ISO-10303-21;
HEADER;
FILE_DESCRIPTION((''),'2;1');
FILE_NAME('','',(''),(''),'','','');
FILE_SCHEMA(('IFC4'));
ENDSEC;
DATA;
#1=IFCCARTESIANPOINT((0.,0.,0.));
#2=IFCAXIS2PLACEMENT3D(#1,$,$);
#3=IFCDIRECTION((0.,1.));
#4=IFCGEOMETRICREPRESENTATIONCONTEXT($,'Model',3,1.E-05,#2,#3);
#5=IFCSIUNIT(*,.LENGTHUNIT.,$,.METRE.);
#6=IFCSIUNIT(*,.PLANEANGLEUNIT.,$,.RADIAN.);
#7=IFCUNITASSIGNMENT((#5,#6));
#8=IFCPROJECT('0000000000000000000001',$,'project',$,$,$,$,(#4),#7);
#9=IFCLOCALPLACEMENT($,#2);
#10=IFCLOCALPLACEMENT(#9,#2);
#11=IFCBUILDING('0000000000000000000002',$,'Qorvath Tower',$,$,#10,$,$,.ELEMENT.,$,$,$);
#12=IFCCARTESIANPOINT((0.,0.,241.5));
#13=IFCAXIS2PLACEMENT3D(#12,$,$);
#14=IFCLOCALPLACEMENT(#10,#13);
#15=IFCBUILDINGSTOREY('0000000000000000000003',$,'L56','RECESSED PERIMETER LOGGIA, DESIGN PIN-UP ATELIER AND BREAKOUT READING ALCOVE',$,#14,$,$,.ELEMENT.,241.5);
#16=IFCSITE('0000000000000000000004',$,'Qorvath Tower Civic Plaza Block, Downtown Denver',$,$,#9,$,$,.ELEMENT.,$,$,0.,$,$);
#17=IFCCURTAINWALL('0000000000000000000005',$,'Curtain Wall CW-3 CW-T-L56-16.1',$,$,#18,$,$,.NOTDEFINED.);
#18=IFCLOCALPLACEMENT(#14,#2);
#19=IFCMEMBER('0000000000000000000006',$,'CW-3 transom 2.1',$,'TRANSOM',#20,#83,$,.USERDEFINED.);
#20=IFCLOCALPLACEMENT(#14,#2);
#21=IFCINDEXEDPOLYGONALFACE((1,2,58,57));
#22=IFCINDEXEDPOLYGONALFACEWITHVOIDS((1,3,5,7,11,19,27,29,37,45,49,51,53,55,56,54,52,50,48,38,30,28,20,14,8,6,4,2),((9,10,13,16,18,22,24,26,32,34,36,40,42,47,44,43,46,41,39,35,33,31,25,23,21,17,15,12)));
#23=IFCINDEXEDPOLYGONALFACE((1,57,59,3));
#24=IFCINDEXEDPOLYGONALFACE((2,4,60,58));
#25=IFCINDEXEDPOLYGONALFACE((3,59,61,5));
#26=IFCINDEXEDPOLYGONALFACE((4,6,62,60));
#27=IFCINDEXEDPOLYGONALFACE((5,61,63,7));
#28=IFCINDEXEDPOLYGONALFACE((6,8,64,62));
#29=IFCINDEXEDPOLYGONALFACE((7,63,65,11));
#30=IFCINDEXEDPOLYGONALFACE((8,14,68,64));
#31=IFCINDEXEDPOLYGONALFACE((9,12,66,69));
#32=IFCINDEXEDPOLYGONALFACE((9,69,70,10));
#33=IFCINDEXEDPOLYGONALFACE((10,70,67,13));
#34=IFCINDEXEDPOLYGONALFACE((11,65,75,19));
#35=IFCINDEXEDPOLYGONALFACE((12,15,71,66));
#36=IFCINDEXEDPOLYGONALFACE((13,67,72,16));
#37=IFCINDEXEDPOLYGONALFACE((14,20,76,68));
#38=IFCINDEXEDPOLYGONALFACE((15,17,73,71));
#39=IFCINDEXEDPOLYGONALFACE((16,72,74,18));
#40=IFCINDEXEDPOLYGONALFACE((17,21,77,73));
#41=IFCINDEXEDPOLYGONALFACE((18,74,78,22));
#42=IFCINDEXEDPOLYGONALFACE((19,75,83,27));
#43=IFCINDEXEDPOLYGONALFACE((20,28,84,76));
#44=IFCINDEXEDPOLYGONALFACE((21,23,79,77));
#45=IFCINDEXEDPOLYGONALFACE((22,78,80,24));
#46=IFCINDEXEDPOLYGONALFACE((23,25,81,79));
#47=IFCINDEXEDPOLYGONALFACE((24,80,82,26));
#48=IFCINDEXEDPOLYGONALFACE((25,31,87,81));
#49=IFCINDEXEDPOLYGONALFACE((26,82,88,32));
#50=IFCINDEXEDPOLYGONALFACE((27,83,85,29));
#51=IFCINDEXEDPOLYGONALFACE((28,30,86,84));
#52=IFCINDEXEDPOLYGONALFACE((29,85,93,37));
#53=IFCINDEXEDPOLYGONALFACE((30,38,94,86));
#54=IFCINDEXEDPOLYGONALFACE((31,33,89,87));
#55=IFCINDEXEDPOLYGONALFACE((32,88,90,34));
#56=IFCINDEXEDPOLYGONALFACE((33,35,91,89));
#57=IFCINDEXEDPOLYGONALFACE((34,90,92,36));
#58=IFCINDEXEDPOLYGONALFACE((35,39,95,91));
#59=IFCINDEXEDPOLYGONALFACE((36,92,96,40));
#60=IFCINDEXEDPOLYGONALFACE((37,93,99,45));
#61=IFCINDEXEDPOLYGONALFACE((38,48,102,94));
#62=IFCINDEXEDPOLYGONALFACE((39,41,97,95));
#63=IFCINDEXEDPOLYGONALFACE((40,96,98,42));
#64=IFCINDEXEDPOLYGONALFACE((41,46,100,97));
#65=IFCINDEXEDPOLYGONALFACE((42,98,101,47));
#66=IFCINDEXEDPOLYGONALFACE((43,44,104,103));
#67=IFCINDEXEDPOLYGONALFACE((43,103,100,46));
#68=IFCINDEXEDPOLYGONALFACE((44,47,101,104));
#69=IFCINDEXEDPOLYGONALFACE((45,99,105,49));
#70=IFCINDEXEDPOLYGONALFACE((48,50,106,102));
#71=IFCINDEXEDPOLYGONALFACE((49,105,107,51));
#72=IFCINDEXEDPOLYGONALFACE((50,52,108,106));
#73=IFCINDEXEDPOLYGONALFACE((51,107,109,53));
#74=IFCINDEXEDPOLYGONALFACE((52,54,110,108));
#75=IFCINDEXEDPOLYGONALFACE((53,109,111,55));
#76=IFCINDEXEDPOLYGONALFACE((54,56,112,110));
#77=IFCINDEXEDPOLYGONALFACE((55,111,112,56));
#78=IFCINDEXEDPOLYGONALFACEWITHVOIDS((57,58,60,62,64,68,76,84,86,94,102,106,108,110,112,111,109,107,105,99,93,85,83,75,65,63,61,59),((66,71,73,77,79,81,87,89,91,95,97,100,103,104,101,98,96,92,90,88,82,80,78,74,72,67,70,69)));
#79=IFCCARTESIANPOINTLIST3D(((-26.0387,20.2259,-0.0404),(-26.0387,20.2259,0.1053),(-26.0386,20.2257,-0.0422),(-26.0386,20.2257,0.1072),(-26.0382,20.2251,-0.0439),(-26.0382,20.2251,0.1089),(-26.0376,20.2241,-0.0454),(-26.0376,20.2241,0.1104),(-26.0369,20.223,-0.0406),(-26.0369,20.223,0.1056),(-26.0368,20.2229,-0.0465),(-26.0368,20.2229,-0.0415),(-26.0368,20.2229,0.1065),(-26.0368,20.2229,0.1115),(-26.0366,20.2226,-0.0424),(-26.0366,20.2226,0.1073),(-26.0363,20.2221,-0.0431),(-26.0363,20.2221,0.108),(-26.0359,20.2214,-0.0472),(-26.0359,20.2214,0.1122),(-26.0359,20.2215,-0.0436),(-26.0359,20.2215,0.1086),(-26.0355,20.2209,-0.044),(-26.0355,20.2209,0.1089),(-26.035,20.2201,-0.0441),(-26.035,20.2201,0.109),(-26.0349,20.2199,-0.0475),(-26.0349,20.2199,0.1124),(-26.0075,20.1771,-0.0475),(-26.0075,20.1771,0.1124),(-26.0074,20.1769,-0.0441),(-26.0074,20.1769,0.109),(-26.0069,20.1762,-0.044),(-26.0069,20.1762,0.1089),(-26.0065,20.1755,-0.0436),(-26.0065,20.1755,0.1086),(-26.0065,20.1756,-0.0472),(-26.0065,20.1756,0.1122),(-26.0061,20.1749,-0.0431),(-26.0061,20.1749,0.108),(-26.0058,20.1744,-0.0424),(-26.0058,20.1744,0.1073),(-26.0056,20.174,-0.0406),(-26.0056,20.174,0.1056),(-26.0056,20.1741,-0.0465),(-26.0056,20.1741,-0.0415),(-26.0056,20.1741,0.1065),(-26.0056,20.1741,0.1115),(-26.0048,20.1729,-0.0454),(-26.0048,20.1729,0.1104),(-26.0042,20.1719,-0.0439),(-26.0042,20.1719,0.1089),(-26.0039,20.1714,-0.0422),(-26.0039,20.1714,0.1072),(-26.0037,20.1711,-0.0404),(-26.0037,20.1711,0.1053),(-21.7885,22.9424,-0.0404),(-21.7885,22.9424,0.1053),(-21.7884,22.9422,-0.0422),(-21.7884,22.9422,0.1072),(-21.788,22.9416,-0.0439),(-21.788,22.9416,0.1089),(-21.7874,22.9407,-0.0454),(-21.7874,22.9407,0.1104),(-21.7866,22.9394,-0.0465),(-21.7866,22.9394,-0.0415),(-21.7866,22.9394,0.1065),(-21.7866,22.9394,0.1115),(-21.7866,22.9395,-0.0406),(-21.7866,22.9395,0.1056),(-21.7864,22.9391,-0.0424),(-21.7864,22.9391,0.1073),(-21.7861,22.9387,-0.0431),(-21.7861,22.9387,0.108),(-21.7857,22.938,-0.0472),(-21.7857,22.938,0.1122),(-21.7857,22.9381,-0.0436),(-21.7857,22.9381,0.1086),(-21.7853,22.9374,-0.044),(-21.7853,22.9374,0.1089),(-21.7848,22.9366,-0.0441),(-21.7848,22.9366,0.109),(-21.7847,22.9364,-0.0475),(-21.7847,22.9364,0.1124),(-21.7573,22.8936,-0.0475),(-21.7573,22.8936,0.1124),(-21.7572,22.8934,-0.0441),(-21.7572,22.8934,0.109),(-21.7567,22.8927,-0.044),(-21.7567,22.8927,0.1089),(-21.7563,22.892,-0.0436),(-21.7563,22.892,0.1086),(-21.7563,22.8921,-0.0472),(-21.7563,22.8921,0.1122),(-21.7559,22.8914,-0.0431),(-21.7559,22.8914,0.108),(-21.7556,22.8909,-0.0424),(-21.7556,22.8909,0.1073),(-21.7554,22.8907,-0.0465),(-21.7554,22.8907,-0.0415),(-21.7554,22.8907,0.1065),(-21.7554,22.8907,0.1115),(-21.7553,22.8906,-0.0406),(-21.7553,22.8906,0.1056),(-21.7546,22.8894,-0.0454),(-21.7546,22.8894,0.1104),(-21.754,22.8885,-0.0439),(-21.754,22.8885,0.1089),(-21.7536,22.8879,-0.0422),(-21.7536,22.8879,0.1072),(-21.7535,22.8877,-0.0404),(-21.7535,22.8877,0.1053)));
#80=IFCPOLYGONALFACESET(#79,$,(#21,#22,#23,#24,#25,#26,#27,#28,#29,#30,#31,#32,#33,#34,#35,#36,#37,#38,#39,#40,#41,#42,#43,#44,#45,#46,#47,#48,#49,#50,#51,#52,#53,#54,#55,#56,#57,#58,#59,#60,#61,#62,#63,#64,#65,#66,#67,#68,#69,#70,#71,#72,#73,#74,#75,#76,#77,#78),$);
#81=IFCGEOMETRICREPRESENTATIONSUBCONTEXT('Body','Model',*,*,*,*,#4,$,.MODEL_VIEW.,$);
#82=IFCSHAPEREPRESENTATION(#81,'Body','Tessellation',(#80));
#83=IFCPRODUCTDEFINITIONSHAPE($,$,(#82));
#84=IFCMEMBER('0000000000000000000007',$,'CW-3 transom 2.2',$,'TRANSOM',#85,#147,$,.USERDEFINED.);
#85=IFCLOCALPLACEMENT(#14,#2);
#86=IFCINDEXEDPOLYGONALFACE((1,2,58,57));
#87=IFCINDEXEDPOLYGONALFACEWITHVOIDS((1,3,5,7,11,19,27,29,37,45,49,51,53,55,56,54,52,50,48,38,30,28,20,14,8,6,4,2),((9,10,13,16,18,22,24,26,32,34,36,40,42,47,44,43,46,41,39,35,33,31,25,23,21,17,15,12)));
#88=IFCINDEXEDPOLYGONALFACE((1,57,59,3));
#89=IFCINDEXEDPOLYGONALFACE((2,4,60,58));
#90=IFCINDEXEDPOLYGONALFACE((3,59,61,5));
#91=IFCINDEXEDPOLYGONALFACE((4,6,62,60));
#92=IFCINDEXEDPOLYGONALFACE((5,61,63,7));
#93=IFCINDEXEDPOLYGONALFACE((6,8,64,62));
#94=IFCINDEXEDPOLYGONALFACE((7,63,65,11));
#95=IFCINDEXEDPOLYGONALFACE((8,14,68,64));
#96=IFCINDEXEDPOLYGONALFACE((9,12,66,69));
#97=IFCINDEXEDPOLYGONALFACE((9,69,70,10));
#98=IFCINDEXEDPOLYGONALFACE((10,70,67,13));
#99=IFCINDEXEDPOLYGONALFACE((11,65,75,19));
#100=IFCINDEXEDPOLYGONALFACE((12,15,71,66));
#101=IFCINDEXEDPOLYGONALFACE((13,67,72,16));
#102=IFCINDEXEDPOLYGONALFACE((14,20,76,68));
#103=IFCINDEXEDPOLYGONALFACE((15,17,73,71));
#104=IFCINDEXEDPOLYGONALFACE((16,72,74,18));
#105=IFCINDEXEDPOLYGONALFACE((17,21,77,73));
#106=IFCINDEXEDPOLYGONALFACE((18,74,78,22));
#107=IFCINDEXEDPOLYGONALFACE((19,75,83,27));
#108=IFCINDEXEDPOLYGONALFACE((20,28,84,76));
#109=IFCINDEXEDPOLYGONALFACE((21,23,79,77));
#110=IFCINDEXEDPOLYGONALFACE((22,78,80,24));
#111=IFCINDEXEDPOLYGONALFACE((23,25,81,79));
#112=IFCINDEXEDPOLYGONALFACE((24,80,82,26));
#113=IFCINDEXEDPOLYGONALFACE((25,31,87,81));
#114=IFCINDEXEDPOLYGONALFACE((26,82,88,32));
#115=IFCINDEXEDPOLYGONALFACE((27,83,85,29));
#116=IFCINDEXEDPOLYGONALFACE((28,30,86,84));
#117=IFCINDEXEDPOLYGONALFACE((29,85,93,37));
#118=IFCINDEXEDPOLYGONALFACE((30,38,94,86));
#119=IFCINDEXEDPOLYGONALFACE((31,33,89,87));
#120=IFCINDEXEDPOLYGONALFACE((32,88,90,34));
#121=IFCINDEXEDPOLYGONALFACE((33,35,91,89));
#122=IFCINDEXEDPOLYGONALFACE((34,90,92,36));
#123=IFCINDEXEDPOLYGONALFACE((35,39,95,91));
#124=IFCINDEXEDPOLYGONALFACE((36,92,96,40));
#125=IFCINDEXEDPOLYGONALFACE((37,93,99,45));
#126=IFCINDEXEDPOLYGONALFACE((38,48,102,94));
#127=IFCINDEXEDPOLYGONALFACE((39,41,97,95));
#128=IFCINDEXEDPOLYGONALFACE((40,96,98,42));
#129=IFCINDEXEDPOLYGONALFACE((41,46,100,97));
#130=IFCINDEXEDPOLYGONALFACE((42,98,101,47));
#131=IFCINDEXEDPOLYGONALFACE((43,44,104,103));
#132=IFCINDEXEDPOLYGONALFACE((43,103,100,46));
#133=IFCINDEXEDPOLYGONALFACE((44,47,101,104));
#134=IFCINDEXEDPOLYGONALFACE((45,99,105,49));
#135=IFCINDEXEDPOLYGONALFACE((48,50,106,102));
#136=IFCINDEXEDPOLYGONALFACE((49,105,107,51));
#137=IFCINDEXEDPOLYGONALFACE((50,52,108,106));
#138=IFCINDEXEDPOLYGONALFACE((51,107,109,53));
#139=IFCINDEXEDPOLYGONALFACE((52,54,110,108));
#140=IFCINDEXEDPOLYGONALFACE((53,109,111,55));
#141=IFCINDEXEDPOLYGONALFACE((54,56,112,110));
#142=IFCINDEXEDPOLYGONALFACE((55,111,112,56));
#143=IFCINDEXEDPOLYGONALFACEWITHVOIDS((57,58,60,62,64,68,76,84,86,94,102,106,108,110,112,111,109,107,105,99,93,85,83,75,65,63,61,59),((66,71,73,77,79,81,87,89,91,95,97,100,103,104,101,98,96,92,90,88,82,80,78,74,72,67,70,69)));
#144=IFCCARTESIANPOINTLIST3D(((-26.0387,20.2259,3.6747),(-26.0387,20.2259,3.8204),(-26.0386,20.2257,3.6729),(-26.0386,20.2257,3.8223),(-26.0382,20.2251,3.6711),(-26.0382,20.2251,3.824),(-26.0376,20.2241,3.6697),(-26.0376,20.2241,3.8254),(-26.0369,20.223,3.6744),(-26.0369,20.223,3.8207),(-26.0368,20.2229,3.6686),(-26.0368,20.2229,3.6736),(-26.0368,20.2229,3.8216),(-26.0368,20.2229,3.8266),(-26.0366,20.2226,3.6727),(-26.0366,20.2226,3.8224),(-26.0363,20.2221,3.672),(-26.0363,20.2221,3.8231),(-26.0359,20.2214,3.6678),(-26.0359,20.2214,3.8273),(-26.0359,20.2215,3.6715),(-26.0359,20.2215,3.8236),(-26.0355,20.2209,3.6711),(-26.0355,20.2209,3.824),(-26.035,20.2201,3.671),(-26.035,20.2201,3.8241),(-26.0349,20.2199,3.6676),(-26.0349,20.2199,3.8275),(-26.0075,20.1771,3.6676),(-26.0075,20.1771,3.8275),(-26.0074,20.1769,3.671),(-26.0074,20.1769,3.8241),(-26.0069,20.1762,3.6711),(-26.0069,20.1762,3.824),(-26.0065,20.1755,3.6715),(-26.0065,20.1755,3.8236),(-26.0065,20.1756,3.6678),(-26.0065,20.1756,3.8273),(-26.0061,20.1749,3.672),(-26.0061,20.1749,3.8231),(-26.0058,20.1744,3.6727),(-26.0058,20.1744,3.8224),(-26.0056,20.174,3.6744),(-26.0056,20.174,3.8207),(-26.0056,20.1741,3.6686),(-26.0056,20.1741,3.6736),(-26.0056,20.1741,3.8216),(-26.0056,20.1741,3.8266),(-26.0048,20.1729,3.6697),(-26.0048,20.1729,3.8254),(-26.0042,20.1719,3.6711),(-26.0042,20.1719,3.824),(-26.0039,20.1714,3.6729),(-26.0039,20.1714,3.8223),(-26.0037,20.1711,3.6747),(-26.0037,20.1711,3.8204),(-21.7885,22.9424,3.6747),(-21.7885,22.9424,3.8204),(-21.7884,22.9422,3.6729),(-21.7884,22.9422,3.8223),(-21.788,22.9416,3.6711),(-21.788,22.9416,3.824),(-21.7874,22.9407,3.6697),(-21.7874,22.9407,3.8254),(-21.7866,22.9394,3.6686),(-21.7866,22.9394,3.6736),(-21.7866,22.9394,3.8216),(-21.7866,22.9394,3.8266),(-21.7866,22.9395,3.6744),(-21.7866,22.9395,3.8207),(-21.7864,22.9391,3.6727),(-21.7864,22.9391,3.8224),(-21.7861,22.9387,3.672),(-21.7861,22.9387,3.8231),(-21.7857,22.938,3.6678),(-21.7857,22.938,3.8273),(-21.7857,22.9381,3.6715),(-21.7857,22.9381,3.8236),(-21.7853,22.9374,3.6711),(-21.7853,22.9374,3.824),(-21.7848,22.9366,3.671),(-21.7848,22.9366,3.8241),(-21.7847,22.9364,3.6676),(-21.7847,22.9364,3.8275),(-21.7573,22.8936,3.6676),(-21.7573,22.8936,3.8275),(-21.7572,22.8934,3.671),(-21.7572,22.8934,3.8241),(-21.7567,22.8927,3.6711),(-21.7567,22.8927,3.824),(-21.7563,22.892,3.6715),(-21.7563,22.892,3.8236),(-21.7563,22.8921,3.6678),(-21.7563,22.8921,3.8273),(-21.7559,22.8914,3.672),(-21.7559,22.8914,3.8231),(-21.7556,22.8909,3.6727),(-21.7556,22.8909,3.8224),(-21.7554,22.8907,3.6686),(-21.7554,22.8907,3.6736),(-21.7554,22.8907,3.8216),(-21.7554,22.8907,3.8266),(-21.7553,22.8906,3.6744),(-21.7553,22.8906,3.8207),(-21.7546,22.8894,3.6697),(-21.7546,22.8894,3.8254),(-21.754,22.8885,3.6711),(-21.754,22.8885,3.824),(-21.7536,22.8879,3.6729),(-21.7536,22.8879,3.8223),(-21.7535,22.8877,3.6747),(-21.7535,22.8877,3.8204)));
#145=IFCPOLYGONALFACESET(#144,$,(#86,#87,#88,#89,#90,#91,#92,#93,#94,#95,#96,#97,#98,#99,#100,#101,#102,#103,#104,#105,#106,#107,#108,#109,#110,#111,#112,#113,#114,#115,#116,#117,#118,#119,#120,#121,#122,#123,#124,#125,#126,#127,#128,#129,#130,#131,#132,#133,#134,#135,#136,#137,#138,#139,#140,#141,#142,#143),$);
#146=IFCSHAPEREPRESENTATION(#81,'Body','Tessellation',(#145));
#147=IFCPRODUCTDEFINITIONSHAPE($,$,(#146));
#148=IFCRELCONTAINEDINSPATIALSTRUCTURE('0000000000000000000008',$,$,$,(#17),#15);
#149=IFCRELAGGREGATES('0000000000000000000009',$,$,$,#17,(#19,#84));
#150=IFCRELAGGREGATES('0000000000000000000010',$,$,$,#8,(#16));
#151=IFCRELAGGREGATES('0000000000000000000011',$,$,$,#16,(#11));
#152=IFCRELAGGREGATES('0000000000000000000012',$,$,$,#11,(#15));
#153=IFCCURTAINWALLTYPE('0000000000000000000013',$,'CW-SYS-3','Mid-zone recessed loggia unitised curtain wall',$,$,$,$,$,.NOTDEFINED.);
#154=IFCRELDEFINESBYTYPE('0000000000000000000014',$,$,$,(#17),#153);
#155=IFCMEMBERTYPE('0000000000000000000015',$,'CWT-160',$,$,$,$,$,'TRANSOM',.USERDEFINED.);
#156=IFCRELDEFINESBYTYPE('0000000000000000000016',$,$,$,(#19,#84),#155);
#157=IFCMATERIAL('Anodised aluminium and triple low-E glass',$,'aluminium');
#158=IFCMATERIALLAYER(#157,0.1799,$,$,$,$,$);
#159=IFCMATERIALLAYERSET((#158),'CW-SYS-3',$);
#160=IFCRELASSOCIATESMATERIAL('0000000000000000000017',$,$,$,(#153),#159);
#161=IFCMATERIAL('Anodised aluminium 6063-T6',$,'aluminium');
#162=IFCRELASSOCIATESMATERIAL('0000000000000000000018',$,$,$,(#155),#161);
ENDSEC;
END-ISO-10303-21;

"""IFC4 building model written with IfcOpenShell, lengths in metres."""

from ifc_helpers import new_model, si_unit, direction, frame, origin, origin_2d, place, context, subcontext, project, spatial, hollow_rectangle, extrude, material, layer, layer_set, material_profile, profile_set, type_object, element, aggregate, save


model = new_model("IFC4")

# Units and contexts
model_context = context("Model", 3, precision=1e-05, world=origin(), true_north=direction((0.0, 1.0)))
body_context = subcontext(model_context, "Body", "Model", "MODEL_VIEW")
ifc_project = project(units=[si_unit("LENGTHUNIT", "METRE"), si_unit("PLANEANGLEUNIT", "RADIAN")], contexts=[model_context])

# Site, building, storey
site_placement = place(None, origin())
site = spatial("IfcSite", under=ifc_project, at=site_placement, Name="Qorvath Tower Civic Plaza Block, Downtown Denver", CompositionType="ELEMENT", RefElevation=0.0)
building_placement = place(site_placement, origin())
building = spatial("IfcBuilding", under=site, at=building_placement, Name="Qorvath Tower", CompositionType="ELEMENT")
storey_placement = place(building_placement, frame((0.0, 0.0, 241.5)))
storey = spatial("IfcBuildingStorey", under=building, at=storey_placement, Name="L56", Description="RECESSED PERIMETER LOGGIA, DESIGN PIN-UP ATELIER AND BREAKOUT READING ALCOVE", CompositionType="ELEMENT", Elevation=241.5)

# Curtain wall
ifc_material_1 = material(Name="Anodised aluminium and triple low-E glass", Category="aluminium")
ifc_layer_1 = layer(ifc_material_1, 0.1799)
ifc_layer_set_1 = layer_set([ifc_layer_1], Name="CW-SYS-3")
curtain_wall_type = type_object("IfcCurtainWallType", Name="CW-SYS-3", Description="Mid-zone recessed loggia unitised curtain wall", PredefinedType="NOTDEFINED", material=ifc_layer_set_1)
curtain_wall_1_placement = place(storey_placement, origin())
curtain_wall_1 = element("IfcCurtainWall", 1, at=curtain_wall_1_placement, inside=storey, type_object=curtain_wall_type, Name="Curtain Wall CW-3 CW-T-L56-16.1", PredefinedType="NOTDEFINED")

# Members
ifc_material_2 = material(Name="Anodised aluminium 6063-T6", Category="aluminium")
ifc_material_profile_1 = material_profile(ifc_material_2, hollow_rectangle(XDim=0.0649, YDim=0.1599, WallThickness=0.0034, InnerFilletRadius=0.0034, OuterFilletRadius=0.0071, at=origin_2d()), Name="CWT 160x65")
ifc_profile_set_1 = profile_set([ifc_material_profile_1], Name="Anodised aluminium 6063-T6")
member_type_1 = type_object("IfcMemberType", Name="CWT-160", ElementType="TRANSOM", PredefinedType="USERDEFINED", material=ifc_profile_set_1)
member_1_placement = place(storey_placement, frame((-21.771, 22.915, 0.0325), z_axis=(-0.842596, -0.538547, 0.0), x_axis=(0.538547, -0.842596, 0.0)))
member_1 = element("IfcMember", 2, at=member_1_placement, type_object=member_type_1, Name="CW-3 transom 2.1", ObjectType="TRANSOM", PredefinedType="USERDEFINED", context=body_context, shape_type="SweptSolid", body=[
    extrude(hollow_rectangle(XDim=0.0649, YDim=0.1599, WallThickness=0.0034, InnerFilletRadius=0.0034, OuterFilletRadius=0.0071, at=origin_2d()), origin(), (0.0, 0.0, 1.0), 5.0442),
])
member_2_placement = place(storey_placement, frame((-21.771, 22.915, 3.7476), z_axis=(-0.842596, -0.538547, 0.0), x_axis=(0.538547, -0.842596, 0.0)))
member_2 = element("IfcMember", 3, at=member_2_placement, type_object=member_type_1, Name="CW-3 transom 2.2", ObjectType="TRANSOM", PredefinedType="USERDEFINED", context=body_context, shape_type="SweptSolid", body=[
    extrude(hollow_rectangle(XDim=0.0649, YDim=0.1599, WallThickness=0.0034, InnerFilletRadius=0.0034, OuterFilletRadius=0.0071, at=origin_2d()), origin(), (0.0, 0.0, 1.0), 5.0442),
])

aggregate(curtain_wall_1, [member_1, member_2])

save(model, "model.ifc")
